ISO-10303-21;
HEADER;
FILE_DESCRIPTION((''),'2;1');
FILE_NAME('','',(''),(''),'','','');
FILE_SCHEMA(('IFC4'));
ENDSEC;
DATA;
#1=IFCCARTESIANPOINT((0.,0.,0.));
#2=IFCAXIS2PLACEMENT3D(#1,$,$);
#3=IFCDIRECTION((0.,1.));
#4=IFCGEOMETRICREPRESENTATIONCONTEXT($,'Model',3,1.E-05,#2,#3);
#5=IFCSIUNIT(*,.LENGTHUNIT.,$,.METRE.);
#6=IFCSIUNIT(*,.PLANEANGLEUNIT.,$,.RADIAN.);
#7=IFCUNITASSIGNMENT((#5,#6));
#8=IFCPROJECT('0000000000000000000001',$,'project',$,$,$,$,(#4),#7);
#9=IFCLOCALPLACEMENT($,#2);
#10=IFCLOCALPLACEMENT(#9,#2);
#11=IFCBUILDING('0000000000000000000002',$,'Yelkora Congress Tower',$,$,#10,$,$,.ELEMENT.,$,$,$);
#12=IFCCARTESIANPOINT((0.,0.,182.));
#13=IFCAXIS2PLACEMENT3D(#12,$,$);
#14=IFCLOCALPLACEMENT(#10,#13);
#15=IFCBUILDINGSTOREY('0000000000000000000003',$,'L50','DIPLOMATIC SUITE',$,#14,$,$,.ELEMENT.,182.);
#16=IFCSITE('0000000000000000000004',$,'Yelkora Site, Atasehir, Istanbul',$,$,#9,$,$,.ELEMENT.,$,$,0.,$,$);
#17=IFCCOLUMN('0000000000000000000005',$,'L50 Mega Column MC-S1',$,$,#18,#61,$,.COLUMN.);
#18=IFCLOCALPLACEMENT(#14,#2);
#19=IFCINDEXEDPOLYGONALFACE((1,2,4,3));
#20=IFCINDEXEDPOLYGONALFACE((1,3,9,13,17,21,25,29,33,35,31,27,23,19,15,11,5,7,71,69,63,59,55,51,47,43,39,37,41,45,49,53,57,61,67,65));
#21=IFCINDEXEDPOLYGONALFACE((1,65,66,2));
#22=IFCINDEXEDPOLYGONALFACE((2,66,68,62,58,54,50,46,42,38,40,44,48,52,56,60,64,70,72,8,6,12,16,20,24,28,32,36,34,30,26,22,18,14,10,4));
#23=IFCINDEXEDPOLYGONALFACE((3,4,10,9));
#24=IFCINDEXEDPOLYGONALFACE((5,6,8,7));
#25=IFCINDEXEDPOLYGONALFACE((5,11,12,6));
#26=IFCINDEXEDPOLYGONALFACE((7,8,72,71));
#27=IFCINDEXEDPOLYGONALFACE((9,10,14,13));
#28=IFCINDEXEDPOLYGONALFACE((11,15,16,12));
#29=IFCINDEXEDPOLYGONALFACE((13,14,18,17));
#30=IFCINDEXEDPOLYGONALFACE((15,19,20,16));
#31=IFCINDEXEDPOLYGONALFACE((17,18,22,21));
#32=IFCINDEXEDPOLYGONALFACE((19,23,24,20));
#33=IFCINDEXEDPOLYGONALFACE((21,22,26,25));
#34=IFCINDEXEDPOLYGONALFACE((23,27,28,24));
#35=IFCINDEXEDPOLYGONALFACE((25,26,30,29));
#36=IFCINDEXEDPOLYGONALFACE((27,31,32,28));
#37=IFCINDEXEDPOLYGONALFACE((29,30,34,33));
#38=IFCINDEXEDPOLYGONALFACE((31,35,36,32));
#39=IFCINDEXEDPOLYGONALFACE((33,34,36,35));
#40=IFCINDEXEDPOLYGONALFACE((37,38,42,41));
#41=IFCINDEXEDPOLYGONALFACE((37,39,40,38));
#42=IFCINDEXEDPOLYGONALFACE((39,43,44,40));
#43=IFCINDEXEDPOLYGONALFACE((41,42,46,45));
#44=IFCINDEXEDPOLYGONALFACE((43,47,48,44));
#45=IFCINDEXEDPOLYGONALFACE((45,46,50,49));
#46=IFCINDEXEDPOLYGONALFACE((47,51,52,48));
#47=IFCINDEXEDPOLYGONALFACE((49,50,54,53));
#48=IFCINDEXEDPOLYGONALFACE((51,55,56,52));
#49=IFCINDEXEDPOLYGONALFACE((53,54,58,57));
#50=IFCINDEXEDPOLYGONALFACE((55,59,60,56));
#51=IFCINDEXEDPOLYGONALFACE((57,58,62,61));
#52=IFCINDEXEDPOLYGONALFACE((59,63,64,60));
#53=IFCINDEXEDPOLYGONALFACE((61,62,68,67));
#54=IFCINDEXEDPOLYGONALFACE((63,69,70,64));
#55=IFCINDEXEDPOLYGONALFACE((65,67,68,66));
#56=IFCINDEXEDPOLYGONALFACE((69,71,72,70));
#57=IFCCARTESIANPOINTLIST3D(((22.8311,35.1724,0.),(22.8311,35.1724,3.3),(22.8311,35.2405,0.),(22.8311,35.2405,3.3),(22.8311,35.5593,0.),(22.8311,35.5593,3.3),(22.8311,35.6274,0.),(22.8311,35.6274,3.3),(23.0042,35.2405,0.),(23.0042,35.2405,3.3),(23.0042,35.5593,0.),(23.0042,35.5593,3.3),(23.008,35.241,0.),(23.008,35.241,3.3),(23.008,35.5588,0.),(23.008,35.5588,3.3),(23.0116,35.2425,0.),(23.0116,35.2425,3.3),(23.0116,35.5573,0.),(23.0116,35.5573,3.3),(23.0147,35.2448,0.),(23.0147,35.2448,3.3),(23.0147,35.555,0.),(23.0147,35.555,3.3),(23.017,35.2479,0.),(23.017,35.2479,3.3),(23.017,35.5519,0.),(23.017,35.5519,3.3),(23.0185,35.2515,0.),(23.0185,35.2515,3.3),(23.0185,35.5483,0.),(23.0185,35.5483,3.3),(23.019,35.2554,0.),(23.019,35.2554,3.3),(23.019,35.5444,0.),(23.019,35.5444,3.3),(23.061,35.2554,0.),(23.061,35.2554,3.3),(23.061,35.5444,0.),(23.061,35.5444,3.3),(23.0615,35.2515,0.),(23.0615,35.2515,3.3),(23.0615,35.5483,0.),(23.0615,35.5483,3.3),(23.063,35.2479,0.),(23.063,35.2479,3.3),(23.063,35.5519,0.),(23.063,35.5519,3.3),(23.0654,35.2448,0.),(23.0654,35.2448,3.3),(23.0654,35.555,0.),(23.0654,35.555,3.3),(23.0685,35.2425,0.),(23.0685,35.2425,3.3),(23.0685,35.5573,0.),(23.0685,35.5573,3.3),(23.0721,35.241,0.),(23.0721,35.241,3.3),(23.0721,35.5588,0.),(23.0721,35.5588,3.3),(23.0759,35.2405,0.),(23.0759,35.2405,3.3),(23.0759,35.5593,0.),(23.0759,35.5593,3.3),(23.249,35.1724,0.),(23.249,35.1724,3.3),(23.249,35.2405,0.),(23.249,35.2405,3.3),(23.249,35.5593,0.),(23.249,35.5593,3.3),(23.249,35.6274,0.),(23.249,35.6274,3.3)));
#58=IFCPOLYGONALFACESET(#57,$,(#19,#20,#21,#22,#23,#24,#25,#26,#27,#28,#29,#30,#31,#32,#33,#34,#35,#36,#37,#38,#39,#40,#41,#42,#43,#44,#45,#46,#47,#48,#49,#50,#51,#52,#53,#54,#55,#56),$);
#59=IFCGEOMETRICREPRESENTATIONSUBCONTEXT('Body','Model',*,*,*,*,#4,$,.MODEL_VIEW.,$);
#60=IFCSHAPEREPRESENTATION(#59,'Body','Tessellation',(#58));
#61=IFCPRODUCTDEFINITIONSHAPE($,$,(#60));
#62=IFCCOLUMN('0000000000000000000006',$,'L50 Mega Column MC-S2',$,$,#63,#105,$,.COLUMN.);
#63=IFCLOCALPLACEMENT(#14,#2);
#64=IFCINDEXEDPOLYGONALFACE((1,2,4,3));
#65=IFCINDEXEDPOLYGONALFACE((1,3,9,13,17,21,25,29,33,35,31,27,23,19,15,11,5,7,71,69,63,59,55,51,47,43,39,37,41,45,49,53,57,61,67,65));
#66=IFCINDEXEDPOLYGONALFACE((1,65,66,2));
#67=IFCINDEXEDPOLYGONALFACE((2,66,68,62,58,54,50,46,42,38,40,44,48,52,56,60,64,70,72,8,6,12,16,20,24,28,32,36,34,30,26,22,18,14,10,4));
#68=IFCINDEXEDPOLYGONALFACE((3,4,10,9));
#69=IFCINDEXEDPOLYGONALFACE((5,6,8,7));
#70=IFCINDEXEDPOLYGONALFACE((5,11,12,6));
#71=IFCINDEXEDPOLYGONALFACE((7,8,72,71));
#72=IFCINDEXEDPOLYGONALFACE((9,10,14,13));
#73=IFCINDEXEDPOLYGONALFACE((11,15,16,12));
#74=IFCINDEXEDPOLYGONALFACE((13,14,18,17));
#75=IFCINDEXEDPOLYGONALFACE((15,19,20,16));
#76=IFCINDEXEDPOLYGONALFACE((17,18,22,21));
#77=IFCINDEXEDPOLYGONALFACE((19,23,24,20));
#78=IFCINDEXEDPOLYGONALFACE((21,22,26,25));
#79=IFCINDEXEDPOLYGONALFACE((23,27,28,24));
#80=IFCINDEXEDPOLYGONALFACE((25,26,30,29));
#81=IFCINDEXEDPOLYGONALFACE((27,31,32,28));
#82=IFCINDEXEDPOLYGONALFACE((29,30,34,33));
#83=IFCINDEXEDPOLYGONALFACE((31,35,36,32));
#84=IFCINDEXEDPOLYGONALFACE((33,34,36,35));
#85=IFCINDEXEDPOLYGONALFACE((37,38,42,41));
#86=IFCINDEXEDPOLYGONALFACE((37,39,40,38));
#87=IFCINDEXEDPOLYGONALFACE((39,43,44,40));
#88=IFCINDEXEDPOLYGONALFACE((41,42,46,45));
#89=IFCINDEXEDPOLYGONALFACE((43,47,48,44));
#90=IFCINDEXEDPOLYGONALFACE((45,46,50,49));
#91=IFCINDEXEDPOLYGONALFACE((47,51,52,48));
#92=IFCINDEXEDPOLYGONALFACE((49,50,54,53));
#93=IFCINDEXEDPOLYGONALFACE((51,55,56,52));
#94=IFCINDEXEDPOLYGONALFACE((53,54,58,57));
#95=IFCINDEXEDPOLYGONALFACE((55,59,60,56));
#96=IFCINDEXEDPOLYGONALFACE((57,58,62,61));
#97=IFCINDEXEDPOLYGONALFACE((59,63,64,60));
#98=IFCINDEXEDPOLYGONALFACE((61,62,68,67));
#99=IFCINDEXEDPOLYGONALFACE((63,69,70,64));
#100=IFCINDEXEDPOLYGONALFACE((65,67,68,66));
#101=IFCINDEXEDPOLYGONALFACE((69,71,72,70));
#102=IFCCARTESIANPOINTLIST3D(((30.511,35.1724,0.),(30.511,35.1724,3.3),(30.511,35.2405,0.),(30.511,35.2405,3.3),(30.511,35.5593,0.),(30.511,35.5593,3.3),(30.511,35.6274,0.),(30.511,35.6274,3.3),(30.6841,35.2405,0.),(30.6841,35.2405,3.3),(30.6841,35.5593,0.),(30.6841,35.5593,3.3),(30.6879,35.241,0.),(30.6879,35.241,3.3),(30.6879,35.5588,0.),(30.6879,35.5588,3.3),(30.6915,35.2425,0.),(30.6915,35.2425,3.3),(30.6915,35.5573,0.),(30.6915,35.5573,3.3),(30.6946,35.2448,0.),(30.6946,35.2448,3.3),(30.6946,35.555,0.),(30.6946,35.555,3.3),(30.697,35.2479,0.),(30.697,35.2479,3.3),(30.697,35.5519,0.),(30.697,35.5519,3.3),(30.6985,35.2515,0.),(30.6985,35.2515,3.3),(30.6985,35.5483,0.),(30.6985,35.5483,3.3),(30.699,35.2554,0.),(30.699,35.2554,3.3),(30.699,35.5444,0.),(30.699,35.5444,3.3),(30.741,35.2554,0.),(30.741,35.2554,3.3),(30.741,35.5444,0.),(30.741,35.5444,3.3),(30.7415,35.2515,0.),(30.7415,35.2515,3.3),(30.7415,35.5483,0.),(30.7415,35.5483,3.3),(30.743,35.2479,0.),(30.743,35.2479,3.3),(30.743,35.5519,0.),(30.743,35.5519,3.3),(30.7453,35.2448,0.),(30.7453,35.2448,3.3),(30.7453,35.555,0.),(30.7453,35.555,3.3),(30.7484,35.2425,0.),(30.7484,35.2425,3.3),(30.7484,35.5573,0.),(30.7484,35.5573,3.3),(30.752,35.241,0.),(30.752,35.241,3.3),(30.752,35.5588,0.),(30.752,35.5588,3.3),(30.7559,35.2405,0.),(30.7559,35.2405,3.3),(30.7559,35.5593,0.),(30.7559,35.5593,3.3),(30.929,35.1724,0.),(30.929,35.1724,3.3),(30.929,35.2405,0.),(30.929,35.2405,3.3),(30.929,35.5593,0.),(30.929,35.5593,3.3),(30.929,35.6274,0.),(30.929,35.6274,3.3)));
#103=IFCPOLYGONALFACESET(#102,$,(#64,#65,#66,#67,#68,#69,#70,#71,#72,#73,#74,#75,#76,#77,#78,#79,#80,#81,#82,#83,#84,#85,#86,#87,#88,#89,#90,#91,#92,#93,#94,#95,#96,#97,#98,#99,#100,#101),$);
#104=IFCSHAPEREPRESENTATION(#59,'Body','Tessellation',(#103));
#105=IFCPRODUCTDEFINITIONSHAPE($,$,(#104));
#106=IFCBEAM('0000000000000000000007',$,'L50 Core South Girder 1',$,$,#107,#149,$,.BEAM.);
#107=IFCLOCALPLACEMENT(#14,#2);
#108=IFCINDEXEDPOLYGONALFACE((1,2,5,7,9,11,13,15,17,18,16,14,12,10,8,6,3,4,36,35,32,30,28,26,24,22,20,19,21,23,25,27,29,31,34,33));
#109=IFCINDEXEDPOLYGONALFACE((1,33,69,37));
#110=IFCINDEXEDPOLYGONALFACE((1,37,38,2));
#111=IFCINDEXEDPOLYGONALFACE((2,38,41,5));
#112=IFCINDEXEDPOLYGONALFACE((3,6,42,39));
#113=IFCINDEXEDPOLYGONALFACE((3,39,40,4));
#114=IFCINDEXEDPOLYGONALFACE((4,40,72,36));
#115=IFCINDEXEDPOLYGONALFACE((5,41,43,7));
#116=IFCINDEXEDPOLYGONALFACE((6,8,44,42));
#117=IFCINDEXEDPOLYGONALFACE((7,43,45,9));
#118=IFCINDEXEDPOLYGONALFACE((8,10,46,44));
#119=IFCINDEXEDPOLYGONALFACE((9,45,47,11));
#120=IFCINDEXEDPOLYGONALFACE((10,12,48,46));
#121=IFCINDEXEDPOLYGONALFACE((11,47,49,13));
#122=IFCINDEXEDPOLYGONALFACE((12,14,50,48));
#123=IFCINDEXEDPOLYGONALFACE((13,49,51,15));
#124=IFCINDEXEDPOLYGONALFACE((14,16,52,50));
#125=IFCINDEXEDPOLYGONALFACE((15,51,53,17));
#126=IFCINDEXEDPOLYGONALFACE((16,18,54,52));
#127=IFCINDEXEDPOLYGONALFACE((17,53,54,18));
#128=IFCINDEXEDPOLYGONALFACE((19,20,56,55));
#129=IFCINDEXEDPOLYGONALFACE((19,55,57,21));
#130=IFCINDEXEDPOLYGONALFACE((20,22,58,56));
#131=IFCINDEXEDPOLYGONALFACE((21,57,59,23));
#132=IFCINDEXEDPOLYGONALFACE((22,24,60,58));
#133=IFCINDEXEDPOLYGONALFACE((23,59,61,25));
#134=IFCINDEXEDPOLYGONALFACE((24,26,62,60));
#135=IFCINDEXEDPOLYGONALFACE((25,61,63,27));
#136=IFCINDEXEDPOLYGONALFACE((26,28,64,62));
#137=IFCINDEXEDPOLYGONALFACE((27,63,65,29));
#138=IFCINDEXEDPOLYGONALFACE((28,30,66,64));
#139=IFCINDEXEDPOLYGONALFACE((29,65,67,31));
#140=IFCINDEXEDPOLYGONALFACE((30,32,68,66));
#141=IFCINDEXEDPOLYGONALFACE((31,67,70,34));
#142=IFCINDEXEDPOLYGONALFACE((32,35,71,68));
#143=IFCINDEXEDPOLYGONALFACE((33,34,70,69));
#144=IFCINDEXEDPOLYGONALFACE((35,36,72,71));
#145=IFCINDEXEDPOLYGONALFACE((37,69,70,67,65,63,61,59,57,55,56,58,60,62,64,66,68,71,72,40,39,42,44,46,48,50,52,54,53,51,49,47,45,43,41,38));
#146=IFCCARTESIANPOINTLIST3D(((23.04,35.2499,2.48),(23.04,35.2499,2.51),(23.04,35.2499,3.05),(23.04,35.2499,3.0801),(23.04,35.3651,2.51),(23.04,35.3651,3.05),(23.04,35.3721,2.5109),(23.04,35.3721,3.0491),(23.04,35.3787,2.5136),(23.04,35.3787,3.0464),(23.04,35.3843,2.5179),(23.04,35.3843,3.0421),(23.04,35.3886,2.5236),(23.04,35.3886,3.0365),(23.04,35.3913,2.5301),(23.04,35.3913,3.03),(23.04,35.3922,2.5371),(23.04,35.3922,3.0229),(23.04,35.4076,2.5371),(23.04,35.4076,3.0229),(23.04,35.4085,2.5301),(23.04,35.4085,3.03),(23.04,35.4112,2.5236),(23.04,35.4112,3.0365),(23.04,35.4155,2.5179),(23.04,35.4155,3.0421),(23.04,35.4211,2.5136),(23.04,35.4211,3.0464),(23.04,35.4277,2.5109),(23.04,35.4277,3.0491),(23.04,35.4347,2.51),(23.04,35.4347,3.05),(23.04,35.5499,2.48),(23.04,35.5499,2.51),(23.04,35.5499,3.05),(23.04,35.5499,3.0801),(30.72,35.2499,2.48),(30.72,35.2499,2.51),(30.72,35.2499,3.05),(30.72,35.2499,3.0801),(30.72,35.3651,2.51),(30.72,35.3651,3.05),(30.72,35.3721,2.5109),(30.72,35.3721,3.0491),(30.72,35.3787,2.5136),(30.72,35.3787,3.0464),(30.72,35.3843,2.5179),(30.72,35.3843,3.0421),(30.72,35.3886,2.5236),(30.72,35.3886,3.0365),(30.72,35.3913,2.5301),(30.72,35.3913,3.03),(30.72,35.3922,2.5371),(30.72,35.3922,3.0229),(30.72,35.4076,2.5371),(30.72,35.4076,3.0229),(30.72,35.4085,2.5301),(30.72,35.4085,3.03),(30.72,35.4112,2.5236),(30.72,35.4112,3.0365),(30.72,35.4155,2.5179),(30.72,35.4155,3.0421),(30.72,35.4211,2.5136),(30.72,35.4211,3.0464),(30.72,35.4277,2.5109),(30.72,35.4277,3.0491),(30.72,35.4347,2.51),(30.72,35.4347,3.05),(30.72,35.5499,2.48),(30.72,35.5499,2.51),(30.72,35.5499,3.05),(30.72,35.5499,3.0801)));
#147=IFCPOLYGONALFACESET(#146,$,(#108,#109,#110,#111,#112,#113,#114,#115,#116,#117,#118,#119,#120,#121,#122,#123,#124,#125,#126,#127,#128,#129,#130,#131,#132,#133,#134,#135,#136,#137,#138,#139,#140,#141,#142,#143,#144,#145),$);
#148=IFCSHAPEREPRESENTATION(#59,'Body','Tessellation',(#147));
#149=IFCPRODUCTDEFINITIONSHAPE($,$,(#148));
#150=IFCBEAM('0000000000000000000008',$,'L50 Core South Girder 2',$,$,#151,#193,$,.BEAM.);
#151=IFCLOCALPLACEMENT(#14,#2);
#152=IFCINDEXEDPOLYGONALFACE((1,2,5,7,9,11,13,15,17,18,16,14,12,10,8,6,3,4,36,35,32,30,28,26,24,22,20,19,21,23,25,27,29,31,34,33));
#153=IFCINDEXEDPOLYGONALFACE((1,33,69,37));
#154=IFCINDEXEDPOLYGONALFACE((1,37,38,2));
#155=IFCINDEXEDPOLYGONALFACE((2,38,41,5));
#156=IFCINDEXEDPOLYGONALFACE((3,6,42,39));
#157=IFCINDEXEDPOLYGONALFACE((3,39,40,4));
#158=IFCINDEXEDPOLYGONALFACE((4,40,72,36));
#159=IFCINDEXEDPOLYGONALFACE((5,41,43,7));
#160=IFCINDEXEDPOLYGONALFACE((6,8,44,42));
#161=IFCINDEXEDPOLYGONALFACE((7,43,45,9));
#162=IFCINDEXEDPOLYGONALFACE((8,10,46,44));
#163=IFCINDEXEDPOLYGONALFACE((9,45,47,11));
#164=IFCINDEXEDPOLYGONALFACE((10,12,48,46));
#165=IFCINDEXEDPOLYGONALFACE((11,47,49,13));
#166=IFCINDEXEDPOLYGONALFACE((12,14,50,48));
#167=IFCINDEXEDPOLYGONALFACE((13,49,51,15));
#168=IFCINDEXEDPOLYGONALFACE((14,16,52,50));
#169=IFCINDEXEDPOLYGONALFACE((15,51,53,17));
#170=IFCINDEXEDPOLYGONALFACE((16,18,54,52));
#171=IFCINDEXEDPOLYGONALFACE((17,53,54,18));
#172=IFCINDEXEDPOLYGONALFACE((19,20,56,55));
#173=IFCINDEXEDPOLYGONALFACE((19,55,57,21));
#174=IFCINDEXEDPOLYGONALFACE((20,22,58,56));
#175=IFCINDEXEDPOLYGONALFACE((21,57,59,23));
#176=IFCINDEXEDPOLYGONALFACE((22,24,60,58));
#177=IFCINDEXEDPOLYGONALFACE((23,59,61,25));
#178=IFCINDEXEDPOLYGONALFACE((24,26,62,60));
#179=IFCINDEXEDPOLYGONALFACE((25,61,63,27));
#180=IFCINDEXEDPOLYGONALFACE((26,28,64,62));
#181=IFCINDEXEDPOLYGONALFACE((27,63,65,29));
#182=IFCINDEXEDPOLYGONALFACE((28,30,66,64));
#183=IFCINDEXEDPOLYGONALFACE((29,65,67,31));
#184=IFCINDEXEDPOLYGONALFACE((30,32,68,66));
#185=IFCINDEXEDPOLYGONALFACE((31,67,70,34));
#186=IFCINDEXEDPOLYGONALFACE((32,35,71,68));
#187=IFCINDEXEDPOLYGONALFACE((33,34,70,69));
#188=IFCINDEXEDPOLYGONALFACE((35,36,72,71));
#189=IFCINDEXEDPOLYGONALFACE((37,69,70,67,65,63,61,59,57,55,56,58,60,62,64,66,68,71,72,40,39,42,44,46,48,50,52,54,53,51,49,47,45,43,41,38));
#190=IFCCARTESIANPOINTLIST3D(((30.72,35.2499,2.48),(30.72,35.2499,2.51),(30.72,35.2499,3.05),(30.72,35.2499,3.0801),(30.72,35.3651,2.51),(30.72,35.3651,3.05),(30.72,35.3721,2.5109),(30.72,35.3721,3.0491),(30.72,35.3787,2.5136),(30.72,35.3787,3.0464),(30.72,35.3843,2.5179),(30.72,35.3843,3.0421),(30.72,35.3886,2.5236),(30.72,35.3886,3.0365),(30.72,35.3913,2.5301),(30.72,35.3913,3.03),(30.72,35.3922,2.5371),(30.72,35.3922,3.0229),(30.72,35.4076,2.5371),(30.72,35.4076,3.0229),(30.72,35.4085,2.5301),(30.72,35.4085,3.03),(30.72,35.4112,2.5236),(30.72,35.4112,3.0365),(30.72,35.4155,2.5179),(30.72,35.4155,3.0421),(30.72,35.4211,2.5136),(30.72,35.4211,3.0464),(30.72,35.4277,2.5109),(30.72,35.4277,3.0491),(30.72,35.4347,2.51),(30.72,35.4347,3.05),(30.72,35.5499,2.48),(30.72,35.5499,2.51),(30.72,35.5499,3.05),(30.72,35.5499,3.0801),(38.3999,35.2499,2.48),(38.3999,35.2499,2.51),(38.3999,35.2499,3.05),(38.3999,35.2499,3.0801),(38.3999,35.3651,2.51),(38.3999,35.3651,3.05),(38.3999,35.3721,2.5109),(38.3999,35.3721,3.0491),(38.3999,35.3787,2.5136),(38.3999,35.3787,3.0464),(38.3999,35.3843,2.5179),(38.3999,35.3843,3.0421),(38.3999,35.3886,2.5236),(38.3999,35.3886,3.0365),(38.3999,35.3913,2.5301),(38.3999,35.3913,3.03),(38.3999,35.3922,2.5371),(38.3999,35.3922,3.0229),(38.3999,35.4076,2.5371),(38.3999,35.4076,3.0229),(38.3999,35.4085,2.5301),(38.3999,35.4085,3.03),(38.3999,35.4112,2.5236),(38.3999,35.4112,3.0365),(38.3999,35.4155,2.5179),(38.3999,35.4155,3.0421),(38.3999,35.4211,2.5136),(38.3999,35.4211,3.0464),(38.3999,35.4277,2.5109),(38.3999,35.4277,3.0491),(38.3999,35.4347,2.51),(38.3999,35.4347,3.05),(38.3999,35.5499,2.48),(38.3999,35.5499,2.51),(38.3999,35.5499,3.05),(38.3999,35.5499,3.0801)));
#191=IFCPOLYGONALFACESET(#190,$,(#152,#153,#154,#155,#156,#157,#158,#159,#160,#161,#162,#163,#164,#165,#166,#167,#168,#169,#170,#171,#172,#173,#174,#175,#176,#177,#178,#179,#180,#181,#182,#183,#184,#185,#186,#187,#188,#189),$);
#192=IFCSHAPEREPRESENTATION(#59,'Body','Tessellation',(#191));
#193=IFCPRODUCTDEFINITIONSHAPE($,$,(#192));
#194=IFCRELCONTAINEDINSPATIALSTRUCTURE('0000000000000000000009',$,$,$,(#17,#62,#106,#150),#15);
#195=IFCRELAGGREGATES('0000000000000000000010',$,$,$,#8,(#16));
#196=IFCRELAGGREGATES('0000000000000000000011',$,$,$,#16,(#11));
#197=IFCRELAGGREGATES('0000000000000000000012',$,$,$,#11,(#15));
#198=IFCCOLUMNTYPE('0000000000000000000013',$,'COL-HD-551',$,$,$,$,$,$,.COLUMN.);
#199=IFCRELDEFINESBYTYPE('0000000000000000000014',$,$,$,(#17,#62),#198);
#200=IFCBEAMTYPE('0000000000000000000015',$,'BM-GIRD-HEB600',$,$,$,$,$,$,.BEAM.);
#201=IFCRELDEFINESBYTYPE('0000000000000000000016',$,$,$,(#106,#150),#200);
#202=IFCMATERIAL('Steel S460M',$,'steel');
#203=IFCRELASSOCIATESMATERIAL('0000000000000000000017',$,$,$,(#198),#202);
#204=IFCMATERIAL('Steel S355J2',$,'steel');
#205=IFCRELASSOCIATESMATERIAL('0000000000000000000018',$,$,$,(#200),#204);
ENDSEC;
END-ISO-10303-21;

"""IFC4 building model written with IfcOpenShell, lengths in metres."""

from ifc_helpers import new_model, si_unit, direction, frame, origin, origin_2d, place, context, subcontext, project, spatial, i_section, extrude, material, material_profile, profile_set, type_object, element, save


model = new_model("IFC4")

# Units and contexts
model_context = context("Model", 3, precision=1e-05, world=origin(), true_north=direction((0.0, 1.0)))
body_context = subcontext(model_context, "Body", "Model", "MODEL_VIEW")
ifc_project = project(units=[si_unit("LENGTHUNIT", "METRE"), si_unit("PLANEANGLEUNIT", "RADIAN")], contexts=[model_context])

# Site, building, storey
site_placement = place(None, origin())
site = spatial("IfcSite", under=ifc_project, at=site_placement, Name="Yelkora Site, Atasehir, Istanbul", CompositionType="ELEMENT", RefElevation=0.0)
building_placement = place(site_placement, origin())
building = spatial("IfcBuilding", under=site, at=building_placement, Name="Yelkora Congress Tower", CompositionType="ELEMENT")
storey_placement = place(building_placement, frame((0.0, 0.0, 182.0)))
storey = spatial("IfcBuildingStorey", under=building, at=storey_placement, Name="L50", Description="DIPLOMATIC SUITE", CompositionType="ELEMENT", Elevation=182.0)

# Columns
ifc_material_1 = material(Name="Steel S460M", Category="steel")
ifc_material_profile_1 = material_profile(ifc_material_1, i_section(OverallWidth=0.418, OverallDepth=0.4551, WebThickness=0.042, FlangeThickness=0.0681, FilletRadius=0.0149, at=origin_2d()), Name="HD 400x551")
ifc_profile_set_1 = profile_set([ifc_material_profile_1], Name="Steel S460M")
column_type = type_object("IfcColumnType", Name="COL-HD-551", PredefinedType="COLUMN", material=ifc_profile_set_1)
for number, where, z_axis, x_axis, name in (
    (1, (23.04, 35.3999, 0.0), (0.0, 0.0, 1.0), (1.0, 0.0, 0.0), "L50 Mega Column MC-S1"),
    (2, (30.72, 35.3999, 0.0), (0.0, 0.0, 1.0), (1.0, 0.0, 0.0), "L50 Mega Column MC-S2"),
):
    element("IfcColumn", number, at=place(storey_placement, frame(where, z_axis=z_axis, x_axis=x_axis)), inside=storey, type_object=column_type, Name=name, PredefinedType="COLUMN", context=body_context, shape_type="SweptSolid", body=[
        extrude(i_section(OverallWidth=0.418, OverallDepth=0.4551, WebThickness=0.042, FlangeThickness=0.0681, FilletRadius=0.0149, at=origin_2d()), origin(), (0.0, 0.0, 1.0), 3.3),
    ])

# Beams
ifc_material_2 = material(Name="Steel S355J2", Category="steel")
ifc_material_profile_2 = material_profile(ifc_material_2, i_section(OverallWidth=0.3, OverallDepth=0.6001, WebThickness=0.0154, FlangeThickness=0.03, FilletRadius=0.0271, at=origin_2d()), Name="HEB 600")
ifc_profile_set_2 = profile_set([ifc_material_profile_2], Name="Steel S355J2")
beam_type = type_object("IfcBeamType", Name="BM-GIRD-HEB600", PredefinedType="BEAM", material=ifc_profile_set_2)
for number, where, z_axis, x_axis, name in (
    (3, (23.04, 35.3999, 2.78), (1.0, 0.0, 0.0), (0.0, 1.0, 0.0), "L50 Core South Girder 1"),
    (4, (30.72, 35.3999, 2.78), (1.0, 0.0, 0.0), (0.0, 1.0, 0.0), "L50 Core South Girder 2"),
):
    element("IfcBeam", number, at=place(storey_placement, frame(where, z_axis=z_axis, x_axis=x_axis)), inside=storey, type_object=beam_type, Name=name, PredefinedType="BEAM", context=body_context, shape_type="SweptSolid", body=[
        extrude(i_section(OverallWidth=0.3, OverallDepth=0.6001, WebThickness=0.0154, FlangeThickness=0.03, FilletRadius=0.0271, at=origin_2d()), origin(), (0.0, 0.0, 1.0), 7.6799),
    ])

save(model, "model.ifc")
